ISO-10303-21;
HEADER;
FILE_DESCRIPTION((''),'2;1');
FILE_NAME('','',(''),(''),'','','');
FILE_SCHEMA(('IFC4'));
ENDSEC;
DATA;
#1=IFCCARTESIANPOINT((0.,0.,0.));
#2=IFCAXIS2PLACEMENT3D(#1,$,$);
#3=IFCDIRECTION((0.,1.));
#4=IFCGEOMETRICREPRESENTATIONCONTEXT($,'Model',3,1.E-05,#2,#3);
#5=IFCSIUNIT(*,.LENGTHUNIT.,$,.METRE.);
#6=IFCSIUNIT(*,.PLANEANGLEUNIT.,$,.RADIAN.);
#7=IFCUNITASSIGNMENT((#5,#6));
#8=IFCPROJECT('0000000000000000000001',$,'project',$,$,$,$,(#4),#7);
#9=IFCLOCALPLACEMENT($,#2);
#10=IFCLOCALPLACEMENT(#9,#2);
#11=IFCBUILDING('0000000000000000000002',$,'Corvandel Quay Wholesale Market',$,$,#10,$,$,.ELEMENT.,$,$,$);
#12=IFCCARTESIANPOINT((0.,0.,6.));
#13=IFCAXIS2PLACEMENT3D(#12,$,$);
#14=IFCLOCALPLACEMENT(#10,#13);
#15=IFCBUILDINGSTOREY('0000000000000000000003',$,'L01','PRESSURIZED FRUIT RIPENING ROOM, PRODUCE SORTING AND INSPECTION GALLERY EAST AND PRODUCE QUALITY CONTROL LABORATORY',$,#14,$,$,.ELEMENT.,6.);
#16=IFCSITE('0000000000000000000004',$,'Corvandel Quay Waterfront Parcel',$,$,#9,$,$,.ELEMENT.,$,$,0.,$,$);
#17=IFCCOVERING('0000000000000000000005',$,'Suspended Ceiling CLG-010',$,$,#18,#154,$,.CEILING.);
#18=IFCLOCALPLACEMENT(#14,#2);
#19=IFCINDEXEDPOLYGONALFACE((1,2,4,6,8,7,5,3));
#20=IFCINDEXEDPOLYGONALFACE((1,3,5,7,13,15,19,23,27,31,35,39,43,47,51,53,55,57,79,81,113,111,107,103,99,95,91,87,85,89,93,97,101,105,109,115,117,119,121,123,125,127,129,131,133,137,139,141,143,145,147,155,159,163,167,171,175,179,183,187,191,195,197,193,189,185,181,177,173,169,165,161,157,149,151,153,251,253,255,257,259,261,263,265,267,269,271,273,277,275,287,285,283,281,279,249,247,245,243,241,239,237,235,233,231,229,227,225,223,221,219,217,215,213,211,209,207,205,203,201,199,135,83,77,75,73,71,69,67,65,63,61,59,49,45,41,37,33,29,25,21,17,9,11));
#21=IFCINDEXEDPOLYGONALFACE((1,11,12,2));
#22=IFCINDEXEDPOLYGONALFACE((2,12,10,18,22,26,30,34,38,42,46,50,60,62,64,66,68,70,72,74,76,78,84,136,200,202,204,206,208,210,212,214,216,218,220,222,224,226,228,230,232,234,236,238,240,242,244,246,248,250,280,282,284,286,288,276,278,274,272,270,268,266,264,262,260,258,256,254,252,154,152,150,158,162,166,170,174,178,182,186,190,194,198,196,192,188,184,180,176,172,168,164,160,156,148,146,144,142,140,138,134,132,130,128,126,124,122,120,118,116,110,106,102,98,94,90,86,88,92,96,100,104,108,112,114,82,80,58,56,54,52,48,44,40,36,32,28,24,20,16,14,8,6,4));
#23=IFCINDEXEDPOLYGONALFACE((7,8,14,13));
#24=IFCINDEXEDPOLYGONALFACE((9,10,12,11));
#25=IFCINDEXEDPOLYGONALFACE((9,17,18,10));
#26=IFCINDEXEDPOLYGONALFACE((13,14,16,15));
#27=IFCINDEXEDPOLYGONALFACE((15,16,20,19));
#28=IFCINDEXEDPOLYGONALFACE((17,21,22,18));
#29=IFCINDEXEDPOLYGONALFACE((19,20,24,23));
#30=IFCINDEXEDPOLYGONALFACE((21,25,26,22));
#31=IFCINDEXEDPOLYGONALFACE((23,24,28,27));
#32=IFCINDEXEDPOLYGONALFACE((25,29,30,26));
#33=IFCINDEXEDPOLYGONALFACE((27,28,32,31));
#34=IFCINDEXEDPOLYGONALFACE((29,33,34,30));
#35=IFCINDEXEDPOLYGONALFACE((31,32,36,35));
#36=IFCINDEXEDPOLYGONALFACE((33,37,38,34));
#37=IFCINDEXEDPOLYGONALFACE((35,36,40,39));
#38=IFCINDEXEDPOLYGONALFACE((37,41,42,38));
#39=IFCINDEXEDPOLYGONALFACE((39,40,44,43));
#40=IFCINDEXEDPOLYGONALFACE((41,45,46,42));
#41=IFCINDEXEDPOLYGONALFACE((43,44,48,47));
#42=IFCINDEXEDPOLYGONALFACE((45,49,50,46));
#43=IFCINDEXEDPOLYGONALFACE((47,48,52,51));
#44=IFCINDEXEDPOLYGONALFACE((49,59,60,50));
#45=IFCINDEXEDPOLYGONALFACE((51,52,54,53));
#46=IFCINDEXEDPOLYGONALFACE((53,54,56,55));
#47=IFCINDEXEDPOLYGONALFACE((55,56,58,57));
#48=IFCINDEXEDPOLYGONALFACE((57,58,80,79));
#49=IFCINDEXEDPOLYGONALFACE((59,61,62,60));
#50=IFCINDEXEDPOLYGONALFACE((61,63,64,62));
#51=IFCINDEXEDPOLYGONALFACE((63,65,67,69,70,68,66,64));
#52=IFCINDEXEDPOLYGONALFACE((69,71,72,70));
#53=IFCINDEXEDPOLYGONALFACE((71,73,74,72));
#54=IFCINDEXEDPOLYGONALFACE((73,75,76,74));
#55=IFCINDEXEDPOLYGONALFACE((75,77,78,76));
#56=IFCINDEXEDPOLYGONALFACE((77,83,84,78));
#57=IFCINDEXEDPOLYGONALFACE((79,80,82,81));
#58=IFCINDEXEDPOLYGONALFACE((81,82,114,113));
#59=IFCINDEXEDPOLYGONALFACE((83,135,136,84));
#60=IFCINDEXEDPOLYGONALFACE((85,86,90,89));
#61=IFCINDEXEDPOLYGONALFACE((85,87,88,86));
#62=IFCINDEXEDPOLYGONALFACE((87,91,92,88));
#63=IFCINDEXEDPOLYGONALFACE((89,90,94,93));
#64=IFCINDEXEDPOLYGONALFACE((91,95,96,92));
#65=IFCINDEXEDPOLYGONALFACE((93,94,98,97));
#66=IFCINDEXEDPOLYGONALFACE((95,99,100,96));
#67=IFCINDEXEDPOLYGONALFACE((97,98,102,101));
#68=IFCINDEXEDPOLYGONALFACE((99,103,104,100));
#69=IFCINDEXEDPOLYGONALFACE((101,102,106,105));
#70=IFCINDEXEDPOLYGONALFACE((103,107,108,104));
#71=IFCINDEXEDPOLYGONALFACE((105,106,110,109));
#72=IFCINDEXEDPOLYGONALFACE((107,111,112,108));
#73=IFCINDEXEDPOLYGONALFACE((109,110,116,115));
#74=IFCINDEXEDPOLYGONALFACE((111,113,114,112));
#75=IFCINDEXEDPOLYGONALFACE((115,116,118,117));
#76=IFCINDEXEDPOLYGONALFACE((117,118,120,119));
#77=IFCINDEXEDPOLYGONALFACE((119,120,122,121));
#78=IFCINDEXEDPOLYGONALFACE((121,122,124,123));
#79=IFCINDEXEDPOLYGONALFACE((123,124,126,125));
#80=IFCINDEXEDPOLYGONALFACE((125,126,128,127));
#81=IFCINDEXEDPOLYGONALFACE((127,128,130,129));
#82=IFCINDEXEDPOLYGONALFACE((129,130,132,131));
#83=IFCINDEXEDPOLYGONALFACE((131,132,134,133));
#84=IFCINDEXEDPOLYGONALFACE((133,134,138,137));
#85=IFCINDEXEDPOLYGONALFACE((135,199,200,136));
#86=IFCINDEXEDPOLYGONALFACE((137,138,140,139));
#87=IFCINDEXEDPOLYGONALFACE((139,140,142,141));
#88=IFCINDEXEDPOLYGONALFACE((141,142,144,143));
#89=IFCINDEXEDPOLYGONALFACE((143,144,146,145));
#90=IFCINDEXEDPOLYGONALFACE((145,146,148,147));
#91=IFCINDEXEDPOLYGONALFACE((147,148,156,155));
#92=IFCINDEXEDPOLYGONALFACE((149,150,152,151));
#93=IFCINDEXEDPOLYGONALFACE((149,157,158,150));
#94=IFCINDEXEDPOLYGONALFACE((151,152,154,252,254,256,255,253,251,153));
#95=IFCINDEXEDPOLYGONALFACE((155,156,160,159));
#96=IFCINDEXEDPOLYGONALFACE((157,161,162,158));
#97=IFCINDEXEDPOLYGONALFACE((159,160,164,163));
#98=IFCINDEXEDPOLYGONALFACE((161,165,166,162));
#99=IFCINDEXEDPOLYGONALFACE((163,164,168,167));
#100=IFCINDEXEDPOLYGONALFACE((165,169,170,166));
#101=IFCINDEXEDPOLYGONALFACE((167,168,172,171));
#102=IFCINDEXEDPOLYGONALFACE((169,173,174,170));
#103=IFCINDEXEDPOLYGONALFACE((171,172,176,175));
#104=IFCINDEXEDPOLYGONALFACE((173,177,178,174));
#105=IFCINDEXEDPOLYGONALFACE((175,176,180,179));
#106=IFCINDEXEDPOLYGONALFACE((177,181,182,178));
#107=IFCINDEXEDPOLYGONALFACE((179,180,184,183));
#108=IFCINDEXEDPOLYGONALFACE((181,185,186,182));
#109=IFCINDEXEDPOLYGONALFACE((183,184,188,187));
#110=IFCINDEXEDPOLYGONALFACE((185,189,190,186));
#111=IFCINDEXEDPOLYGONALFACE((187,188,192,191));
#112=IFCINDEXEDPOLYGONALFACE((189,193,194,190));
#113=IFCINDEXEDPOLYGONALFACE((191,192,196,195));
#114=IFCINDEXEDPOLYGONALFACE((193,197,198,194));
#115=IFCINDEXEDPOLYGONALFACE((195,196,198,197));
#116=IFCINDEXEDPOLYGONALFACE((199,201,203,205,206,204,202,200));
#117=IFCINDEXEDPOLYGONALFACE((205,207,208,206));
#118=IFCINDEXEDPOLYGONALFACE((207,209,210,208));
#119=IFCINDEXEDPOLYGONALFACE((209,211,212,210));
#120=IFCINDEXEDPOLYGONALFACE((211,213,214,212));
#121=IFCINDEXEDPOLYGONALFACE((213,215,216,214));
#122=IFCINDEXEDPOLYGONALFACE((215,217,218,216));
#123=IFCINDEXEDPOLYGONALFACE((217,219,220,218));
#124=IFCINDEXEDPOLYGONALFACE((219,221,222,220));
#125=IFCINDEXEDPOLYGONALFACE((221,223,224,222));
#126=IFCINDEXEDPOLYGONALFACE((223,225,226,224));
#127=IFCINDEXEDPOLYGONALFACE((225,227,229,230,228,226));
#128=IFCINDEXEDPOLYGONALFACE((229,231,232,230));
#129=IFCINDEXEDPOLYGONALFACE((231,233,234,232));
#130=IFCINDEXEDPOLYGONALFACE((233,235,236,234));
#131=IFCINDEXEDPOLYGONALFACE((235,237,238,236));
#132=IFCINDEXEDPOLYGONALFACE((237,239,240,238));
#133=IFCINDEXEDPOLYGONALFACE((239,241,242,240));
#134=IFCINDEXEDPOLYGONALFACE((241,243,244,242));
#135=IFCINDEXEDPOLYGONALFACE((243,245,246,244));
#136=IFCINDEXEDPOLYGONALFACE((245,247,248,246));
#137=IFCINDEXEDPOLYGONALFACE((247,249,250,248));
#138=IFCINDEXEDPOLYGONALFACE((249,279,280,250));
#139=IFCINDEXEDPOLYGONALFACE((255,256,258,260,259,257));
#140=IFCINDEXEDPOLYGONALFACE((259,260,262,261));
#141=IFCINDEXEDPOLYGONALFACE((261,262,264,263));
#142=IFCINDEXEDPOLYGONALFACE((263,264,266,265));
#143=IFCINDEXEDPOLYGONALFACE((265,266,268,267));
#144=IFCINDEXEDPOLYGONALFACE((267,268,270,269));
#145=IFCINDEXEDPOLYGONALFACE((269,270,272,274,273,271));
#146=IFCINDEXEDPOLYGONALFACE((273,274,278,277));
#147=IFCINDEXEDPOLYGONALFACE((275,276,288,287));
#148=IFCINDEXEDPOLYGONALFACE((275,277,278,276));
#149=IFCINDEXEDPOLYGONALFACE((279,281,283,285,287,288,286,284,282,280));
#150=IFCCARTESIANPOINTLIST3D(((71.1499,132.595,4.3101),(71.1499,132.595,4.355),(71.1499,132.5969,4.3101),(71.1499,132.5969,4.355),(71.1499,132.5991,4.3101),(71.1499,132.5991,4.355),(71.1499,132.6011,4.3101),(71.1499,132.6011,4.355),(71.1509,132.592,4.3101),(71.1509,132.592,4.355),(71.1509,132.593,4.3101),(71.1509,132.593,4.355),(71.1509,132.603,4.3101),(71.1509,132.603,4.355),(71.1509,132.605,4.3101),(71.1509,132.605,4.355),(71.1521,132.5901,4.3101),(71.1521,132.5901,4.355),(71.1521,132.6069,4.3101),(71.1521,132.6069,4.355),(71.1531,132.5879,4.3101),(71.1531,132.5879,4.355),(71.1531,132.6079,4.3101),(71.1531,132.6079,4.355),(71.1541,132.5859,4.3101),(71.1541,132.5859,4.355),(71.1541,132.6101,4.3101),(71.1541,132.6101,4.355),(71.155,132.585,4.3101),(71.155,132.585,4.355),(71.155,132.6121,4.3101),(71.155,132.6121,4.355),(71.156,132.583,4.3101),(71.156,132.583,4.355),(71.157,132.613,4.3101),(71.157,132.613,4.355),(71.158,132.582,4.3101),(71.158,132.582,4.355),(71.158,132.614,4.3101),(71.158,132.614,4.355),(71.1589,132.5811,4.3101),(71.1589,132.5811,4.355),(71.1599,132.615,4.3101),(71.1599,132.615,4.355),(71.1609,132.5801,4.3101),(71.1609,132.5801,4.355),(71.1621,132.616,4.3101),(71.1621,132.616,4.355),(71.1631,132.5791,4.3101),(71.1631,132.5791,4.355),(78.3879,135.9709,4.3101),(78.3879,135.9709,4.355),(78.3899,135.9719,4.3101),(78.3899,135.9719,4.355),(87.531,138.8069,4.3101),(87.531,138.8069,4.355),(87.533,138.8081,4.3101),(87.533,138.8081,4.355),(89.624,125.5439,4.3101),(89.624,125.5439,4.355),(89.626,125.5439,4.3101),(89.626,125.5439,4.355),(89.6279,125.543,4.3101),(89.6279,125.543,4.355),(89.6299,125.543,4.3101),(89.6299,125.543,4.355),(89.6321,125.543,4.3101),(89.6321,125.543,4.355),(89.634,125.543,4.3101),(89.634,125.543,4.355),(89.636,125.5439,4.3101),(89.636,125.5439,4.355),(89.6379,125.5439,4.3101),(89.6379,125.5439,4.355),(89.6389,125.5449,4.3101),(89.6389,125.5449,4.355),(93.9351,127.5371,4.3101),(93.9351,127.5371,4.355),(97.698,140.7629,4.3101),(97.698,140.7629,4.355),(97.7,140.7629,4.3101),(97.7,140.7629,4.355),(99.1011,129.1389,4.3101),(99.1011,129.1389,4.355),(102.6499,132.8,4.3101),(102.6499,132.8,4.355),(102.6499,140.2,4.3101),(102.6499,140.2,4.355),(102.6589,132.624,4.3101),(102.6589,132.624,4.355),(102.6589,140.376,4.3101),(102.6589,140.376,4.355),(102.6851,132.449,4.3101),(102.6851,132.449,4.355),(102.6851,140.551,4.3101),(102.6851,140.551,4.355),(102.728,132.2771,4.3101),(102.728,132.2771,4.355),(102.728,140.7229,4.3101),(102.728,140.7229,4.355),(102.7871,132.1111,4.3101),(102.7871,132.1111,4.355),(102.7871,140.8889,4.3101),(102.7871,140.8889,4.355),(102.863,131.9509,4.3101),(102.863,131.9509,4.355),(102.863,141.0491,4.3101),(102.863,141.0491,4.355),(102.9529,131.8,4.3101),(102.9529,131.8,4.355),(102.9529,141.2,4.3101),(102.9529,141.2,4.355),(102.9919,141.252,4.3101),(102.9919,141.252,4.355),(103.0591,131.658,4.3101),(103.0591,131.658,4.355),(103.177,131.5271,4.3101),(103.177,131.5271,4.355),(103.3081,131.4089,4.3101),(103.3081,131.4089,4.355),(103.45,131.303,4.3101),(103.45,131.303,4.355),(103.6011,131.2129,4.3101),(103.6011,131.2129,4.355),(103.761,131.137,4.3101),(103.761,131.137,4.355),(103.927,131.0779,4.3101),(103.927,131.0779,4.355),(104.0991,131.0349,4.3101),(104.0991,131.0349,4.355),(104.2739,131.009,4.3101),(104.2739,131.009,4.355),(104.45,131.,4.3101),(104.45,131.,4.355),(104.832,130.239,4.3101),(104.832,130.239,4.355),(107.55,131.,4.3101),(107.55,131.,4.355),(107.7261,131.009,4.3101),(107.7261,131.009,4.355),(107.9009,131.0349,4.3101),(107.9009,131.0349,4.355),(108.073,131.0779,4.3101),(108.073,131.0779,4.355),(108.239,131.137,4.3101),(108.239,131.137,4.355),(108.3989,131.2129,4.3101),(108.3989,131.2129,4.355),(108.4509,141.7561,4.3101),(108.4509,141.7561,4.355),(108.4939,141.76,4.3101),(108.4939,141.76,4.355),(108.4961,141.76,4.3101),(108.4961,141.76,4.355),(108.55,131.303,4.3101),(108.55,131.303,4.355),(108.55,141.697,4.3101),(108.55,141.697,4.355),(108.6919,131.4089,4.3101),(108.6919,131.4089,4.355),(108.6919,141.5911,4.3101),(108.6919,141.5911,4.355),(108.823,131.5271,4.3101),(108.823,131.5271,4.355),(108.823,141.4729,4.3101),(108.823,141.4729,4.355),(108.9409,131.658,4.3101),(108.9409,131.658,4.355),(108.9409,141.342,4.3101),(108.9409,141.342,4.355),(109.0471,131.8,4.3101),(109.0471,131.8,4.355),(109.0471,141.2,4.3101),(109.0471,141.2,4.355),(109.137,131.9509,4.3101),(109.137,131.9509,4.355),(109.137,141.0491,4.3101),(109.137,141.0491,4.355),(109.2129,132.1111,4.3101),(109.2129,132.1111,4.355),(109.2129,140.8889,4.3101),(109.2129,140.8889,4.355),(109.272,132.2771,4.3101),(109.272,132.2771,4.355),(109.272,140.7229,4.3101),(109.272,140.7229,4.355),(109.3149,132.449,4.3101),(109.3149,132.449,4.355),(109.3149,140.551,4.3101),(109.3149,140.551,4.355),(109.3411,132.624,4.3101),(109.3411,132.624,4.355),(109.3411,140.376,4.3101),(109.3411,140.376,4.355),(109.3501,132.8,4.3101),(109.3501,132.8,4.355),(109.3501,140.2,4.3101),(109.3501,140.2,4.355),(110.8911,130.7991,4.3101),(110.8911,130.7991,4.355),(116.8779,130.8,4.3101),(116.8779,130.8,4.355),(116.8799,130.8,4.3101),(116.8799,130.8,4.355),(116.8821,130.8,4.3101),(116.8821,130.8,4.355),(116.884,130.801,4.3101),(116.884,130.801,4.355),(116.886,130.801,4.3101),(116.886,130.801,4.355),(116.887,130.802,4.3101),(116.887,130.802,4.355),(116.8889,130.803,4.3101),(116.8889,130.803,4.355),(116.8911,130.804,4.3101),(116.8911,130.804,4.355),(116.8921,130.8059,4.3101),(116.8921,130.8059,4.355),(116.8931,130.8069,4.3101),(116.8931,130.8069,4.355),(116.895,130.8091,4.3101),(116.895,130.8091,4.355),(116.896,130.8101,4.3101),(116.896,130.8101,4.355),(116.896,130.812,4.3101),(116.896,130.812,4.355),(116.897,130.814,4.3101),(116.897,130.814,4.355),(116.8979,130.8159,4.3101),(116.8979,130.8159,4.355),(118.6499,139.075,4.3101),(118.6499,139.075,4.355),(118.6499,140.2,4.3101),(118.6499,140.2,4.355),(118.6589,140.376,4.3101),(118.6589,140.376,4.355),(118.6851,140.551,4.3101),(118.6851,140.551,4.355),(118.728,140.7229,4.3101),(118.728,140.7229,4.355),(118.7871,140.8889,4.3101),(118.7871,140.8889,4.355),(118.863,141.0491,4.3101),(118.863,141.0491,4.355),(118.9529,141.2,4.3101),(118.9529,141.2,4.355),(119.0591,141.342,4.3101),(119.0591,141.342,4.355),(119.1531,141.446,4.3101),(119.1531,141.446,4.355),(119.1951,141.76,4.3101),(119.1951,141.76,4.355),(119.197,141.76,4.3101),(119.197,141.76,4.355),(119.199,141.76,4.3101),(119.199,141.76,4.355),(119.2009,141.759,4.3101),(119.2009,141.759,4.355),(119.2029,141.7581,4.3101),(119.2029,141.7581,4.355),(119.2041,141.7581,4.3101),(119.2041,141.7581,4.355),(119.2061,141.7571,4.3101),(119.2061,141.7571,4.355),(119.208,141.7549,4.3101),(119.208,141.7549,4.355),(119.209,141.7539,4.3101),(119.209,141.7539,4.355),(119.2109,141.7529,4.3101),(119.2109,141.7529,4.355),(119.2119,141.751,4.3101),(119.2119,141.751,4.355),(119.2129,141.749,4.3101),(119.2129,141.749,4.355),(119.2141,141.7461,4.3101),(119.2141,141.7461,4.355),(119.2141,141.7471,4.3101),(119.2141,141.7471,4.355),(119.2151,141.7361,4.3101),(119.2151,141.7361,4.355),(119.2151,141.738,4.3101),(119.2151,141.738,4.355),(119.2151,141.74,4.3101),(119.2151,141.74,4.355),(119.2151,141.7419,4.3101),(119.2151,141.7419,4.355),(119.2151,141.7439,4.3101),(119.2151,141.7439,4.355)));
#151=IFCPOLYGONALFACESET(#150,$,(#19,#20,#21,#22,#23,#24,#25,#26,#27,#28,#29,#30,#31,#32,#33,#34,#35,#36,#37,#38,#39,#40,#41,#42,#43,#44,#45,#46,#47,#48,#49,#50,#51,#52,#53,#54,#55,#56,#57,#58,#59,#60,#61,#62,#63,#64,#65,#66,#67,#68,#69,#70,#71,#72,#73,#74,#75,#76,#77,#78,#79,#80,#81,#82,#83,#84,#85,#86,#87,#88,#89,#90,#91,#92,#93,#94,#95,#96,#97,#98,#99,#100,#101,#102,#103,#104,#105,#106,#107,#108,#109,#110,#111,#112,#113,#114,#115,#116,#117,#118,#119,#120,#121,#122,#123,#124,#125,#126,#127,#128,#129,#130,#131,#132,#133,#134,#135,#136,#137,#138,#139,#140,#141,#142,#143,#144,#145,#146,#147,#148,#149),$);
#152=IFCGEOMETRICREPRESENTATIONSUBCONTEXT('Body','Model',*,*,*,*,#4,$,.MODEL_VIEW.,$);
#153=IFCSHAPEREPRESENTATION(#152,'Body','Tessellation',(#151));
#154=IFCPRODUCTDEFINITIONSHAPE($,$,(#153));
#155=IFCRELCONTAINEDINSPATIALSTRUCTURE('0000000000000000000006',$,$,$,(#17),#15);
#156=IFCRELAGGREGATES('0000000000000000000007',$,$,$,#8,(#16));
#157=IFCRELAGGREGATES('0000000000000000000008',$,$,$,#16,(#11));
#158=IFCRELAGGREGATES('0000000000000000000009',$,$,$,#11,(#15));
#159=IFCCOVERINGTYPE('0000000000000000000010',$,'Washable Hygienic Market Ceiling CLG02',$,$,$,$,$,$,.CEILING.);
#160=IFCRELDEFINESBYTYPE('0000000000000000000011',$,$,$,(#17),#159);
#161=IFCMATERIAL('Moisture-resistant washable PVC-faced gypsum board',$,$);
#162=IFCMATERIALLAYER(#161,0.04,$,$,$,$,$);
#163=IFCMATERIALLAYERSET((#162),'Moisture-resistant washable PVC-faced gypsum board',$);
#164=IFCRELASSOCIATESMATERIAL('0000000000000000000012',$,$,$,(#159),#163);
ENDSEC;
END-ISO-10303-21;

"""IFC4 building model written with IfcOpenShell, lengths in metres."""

from ifc_helpers import new_model, si_unit, direction, frame, origin, place, context, subcontext, project, spatial, polyline, outline, extrude, material, layer, layer_set, type_object, element, save


model = new_model("IFC4")

# Units and contexts
model_context = context("Model", 3, precision=1e-05, world=origin(), true_north=direction((0.0, 1.0)))
body_context = subcontext(model_context, "Body", "Model", "MODEL_VIEW")
ifc_project = project(units=[si_unit("LENGTHUNIT", "METRE"), si_unit("PLANEANGLEUNIT", "RADIAN")], contexts=[model_context])

# Site, building, storey
site_placement = place(None, origin())
site = spatial("IfcSite", under=ifc_project, at=site_placement, Name="Corvandel Quay Waterfront Parcel", CompositionType="ELEMENT", RefElevation=0.0)
building_placement = place(site_placement, origin())
building = spatial("IfcBuilding", under=site, at=building_placement, Name="Corvandel Quay Wholesale Market", CompositionType="ELEMENT")
storey_placement = place(building_placement, frame((0.0, 0.0, 6.0)))
storey = spatial("IfcBuildingStorey", under=building, at=storey_placement, Name="L01", Description="PRESSURIZED FRUIT RIPENING ROOM, PRODUCE SORTING AND INSPECTION GALLERY EAST AND PRODUCE QUALITY CONTROL LABORATORY", CompositionType="ELEMENT", Elevation=6.0)

# Covering
ifc_material_1 = material(Name="Moisture-resistant washable PVC-faced gypsum board")
ifc_layer_1 = layer(ifc_material_1, 0.04)
ifc_layer_set_1 = layer_set([ifc_layer_1], Name="Moisture-resistant washable PVC-faced gypsum board")
covering_type_1 = type_object("IfcCoveringType", Name="Washable Hygienic Market Ceiling CLG02", PredefinedType="CEILING", material=ifc_layer_set_1)
covering_1_placement = place(storey_placement, frame((0.0, 0.0, 4.3101)))
element("IfcCovering", 1, at=covering_1_placement, inside=storey, type_object=covering_type_1, Name="Suspended Ceiling CLG-010", PredefinedType="CEILING", context=body_context, shape_type="SweptSolid", body=[
    extrude(outline(polyline([(78.3899, 135.9719), (87.531, 138.8069), (87.533, 138.8081), (97.698, 140.7629), (97.7, 140.7629), (102.9919, 141.252), (102.9529, 141.2), (102.863, 141.0491), (102.7871, 140.8889), (102.728, 140.7229), (102.6851, 140.551), (102.6589, 140.376), (102.6499, 140.2), (102.6499, 132.8), (102.6589, 132.624), (102.6851, 132.449), (102.728, 132.2771), (102.7871, 132.1111), (102.863, 131.9509), (102.9529, 131.8), (103.0591, 131.658), (103.177, 131.5271), (103.3081, 131.4089), (103.45, 131.303), (103.6011, 131.2129), (103.761, 131.137), (103.927, 131.0779), (104.0991, 131.0349), (104.2739, 131.009), (104.45, 131.0), (107.55, 131.0), (107.7261, 131.009), (107.9009, 131.0349), (108.073, 131.0779), (108.239, 131.137), (108.3989, 131.2129), (108.55, 131.303), (108.6919, 131.4089), (108.823, 131.5271), (108.9409, 131.658), (109.0471, 131.8), (109.137, 131.9509), (109.2129, 132.1111), (109.272, 132.2771), (109.3149, 132.449), (109.3411, 132.624), (109.3501, 132.8), (109.3501, 140.2), (109.3411, 140.376), (109.3149, 140.551), (109.272, 140.7229), (109.2129, 140.8889), (109.137, 141.0491), (109.0471, 141.2), (108.9409, 141.342), (108.823, 141.4729), (108.6919, 141.5911), (108.55, 141.697), (108.4509, 141.7561), (108.4939, 141.76), (108.4961, 141.76), (119.1951, 141.76), (119.197, 141.76), (119.199, 141.76), (119.2009, 141.759), (119.2029, 141.7581), (119.2041, 141.7581), (119.2061, 141.7571), (119.208, 141.7549), (119.209, 141.7539), (119.2109, 141.7529), (119.2119, 141.751), (119.2129, 141.749), (119.2141, 141.7471), (119.2141, 141.7461), (119.2151, 141.7439), (119.2151, 141.7419), (119.2151, 141.74), (119.2151, 141.738), (119.2151, 141.7361), (119.1531, 141.446), (119.0591, 141.342), (118.9529, 141.2), (118.863, 141.0491), (118.7871, 140.8889), (118.728, 140.7229), (118.6851, 140.551), (118.6589, 140.376), (118.6499, 140.2), (118.6499, 139.075), (116.8979, 130.8159), (116.897, 130.814), (116.896, 130.812), (116.896, 130.8101), (116.895, 130.8091), (116.8931, 130.8069), (116.8921, 130.8059), (116.8911, 130.804), (116.8889, 130.803), (116.887, 130.802), (116.886, 130.801), (116.884, 130.801), (116.8821, 130.8), (116.8799, 130.8), (116.8779, 130.8), (110.8911, 130.7991), (104.832, 130.239), (99.1011, 129.1389), (93.9351, 127.5371), (89.6389, 125.5449), (89.6379, 125.5439), (89.636, 125.5439), (89.634, 125.543), (89.6321, 125.543), (89.6299, 125.543), (89.6279, 125.543), (89.626, 125.5439), (89.624, 125.5439), (71.1631, 132.5791), (71.1609, 132.5801), (71.1589, 132.5811), (71.158, 132.582), (71.156, 132.583), (71.155, 132.585), (71.1541, 132.5859), (71.1531, 132.5879), (71.1521, 132.5901), (71.1509, 132.592), (71.1509, 132.593), (71.1499, 132.595), (71.1499, 132.5969), (71.1499, 132.5991), (71.1499, 132.6011), (71.1509, 132.603), (71.1509, 132.605), (71.1521, 132.6069), (71.1531, 132.6079), (71.1541, 132.6101), (71.155, 132.6121), (71.157, 132.613), (71.158, 132.614), (71.1599, 132.615), (71.1621, 132.616), (78.3879, 135.9709), (78.3899, 135.9719)])), origin(), (0.0, 0.0, 1.0), 0.0449),
])

save(model, "model.ifc")
